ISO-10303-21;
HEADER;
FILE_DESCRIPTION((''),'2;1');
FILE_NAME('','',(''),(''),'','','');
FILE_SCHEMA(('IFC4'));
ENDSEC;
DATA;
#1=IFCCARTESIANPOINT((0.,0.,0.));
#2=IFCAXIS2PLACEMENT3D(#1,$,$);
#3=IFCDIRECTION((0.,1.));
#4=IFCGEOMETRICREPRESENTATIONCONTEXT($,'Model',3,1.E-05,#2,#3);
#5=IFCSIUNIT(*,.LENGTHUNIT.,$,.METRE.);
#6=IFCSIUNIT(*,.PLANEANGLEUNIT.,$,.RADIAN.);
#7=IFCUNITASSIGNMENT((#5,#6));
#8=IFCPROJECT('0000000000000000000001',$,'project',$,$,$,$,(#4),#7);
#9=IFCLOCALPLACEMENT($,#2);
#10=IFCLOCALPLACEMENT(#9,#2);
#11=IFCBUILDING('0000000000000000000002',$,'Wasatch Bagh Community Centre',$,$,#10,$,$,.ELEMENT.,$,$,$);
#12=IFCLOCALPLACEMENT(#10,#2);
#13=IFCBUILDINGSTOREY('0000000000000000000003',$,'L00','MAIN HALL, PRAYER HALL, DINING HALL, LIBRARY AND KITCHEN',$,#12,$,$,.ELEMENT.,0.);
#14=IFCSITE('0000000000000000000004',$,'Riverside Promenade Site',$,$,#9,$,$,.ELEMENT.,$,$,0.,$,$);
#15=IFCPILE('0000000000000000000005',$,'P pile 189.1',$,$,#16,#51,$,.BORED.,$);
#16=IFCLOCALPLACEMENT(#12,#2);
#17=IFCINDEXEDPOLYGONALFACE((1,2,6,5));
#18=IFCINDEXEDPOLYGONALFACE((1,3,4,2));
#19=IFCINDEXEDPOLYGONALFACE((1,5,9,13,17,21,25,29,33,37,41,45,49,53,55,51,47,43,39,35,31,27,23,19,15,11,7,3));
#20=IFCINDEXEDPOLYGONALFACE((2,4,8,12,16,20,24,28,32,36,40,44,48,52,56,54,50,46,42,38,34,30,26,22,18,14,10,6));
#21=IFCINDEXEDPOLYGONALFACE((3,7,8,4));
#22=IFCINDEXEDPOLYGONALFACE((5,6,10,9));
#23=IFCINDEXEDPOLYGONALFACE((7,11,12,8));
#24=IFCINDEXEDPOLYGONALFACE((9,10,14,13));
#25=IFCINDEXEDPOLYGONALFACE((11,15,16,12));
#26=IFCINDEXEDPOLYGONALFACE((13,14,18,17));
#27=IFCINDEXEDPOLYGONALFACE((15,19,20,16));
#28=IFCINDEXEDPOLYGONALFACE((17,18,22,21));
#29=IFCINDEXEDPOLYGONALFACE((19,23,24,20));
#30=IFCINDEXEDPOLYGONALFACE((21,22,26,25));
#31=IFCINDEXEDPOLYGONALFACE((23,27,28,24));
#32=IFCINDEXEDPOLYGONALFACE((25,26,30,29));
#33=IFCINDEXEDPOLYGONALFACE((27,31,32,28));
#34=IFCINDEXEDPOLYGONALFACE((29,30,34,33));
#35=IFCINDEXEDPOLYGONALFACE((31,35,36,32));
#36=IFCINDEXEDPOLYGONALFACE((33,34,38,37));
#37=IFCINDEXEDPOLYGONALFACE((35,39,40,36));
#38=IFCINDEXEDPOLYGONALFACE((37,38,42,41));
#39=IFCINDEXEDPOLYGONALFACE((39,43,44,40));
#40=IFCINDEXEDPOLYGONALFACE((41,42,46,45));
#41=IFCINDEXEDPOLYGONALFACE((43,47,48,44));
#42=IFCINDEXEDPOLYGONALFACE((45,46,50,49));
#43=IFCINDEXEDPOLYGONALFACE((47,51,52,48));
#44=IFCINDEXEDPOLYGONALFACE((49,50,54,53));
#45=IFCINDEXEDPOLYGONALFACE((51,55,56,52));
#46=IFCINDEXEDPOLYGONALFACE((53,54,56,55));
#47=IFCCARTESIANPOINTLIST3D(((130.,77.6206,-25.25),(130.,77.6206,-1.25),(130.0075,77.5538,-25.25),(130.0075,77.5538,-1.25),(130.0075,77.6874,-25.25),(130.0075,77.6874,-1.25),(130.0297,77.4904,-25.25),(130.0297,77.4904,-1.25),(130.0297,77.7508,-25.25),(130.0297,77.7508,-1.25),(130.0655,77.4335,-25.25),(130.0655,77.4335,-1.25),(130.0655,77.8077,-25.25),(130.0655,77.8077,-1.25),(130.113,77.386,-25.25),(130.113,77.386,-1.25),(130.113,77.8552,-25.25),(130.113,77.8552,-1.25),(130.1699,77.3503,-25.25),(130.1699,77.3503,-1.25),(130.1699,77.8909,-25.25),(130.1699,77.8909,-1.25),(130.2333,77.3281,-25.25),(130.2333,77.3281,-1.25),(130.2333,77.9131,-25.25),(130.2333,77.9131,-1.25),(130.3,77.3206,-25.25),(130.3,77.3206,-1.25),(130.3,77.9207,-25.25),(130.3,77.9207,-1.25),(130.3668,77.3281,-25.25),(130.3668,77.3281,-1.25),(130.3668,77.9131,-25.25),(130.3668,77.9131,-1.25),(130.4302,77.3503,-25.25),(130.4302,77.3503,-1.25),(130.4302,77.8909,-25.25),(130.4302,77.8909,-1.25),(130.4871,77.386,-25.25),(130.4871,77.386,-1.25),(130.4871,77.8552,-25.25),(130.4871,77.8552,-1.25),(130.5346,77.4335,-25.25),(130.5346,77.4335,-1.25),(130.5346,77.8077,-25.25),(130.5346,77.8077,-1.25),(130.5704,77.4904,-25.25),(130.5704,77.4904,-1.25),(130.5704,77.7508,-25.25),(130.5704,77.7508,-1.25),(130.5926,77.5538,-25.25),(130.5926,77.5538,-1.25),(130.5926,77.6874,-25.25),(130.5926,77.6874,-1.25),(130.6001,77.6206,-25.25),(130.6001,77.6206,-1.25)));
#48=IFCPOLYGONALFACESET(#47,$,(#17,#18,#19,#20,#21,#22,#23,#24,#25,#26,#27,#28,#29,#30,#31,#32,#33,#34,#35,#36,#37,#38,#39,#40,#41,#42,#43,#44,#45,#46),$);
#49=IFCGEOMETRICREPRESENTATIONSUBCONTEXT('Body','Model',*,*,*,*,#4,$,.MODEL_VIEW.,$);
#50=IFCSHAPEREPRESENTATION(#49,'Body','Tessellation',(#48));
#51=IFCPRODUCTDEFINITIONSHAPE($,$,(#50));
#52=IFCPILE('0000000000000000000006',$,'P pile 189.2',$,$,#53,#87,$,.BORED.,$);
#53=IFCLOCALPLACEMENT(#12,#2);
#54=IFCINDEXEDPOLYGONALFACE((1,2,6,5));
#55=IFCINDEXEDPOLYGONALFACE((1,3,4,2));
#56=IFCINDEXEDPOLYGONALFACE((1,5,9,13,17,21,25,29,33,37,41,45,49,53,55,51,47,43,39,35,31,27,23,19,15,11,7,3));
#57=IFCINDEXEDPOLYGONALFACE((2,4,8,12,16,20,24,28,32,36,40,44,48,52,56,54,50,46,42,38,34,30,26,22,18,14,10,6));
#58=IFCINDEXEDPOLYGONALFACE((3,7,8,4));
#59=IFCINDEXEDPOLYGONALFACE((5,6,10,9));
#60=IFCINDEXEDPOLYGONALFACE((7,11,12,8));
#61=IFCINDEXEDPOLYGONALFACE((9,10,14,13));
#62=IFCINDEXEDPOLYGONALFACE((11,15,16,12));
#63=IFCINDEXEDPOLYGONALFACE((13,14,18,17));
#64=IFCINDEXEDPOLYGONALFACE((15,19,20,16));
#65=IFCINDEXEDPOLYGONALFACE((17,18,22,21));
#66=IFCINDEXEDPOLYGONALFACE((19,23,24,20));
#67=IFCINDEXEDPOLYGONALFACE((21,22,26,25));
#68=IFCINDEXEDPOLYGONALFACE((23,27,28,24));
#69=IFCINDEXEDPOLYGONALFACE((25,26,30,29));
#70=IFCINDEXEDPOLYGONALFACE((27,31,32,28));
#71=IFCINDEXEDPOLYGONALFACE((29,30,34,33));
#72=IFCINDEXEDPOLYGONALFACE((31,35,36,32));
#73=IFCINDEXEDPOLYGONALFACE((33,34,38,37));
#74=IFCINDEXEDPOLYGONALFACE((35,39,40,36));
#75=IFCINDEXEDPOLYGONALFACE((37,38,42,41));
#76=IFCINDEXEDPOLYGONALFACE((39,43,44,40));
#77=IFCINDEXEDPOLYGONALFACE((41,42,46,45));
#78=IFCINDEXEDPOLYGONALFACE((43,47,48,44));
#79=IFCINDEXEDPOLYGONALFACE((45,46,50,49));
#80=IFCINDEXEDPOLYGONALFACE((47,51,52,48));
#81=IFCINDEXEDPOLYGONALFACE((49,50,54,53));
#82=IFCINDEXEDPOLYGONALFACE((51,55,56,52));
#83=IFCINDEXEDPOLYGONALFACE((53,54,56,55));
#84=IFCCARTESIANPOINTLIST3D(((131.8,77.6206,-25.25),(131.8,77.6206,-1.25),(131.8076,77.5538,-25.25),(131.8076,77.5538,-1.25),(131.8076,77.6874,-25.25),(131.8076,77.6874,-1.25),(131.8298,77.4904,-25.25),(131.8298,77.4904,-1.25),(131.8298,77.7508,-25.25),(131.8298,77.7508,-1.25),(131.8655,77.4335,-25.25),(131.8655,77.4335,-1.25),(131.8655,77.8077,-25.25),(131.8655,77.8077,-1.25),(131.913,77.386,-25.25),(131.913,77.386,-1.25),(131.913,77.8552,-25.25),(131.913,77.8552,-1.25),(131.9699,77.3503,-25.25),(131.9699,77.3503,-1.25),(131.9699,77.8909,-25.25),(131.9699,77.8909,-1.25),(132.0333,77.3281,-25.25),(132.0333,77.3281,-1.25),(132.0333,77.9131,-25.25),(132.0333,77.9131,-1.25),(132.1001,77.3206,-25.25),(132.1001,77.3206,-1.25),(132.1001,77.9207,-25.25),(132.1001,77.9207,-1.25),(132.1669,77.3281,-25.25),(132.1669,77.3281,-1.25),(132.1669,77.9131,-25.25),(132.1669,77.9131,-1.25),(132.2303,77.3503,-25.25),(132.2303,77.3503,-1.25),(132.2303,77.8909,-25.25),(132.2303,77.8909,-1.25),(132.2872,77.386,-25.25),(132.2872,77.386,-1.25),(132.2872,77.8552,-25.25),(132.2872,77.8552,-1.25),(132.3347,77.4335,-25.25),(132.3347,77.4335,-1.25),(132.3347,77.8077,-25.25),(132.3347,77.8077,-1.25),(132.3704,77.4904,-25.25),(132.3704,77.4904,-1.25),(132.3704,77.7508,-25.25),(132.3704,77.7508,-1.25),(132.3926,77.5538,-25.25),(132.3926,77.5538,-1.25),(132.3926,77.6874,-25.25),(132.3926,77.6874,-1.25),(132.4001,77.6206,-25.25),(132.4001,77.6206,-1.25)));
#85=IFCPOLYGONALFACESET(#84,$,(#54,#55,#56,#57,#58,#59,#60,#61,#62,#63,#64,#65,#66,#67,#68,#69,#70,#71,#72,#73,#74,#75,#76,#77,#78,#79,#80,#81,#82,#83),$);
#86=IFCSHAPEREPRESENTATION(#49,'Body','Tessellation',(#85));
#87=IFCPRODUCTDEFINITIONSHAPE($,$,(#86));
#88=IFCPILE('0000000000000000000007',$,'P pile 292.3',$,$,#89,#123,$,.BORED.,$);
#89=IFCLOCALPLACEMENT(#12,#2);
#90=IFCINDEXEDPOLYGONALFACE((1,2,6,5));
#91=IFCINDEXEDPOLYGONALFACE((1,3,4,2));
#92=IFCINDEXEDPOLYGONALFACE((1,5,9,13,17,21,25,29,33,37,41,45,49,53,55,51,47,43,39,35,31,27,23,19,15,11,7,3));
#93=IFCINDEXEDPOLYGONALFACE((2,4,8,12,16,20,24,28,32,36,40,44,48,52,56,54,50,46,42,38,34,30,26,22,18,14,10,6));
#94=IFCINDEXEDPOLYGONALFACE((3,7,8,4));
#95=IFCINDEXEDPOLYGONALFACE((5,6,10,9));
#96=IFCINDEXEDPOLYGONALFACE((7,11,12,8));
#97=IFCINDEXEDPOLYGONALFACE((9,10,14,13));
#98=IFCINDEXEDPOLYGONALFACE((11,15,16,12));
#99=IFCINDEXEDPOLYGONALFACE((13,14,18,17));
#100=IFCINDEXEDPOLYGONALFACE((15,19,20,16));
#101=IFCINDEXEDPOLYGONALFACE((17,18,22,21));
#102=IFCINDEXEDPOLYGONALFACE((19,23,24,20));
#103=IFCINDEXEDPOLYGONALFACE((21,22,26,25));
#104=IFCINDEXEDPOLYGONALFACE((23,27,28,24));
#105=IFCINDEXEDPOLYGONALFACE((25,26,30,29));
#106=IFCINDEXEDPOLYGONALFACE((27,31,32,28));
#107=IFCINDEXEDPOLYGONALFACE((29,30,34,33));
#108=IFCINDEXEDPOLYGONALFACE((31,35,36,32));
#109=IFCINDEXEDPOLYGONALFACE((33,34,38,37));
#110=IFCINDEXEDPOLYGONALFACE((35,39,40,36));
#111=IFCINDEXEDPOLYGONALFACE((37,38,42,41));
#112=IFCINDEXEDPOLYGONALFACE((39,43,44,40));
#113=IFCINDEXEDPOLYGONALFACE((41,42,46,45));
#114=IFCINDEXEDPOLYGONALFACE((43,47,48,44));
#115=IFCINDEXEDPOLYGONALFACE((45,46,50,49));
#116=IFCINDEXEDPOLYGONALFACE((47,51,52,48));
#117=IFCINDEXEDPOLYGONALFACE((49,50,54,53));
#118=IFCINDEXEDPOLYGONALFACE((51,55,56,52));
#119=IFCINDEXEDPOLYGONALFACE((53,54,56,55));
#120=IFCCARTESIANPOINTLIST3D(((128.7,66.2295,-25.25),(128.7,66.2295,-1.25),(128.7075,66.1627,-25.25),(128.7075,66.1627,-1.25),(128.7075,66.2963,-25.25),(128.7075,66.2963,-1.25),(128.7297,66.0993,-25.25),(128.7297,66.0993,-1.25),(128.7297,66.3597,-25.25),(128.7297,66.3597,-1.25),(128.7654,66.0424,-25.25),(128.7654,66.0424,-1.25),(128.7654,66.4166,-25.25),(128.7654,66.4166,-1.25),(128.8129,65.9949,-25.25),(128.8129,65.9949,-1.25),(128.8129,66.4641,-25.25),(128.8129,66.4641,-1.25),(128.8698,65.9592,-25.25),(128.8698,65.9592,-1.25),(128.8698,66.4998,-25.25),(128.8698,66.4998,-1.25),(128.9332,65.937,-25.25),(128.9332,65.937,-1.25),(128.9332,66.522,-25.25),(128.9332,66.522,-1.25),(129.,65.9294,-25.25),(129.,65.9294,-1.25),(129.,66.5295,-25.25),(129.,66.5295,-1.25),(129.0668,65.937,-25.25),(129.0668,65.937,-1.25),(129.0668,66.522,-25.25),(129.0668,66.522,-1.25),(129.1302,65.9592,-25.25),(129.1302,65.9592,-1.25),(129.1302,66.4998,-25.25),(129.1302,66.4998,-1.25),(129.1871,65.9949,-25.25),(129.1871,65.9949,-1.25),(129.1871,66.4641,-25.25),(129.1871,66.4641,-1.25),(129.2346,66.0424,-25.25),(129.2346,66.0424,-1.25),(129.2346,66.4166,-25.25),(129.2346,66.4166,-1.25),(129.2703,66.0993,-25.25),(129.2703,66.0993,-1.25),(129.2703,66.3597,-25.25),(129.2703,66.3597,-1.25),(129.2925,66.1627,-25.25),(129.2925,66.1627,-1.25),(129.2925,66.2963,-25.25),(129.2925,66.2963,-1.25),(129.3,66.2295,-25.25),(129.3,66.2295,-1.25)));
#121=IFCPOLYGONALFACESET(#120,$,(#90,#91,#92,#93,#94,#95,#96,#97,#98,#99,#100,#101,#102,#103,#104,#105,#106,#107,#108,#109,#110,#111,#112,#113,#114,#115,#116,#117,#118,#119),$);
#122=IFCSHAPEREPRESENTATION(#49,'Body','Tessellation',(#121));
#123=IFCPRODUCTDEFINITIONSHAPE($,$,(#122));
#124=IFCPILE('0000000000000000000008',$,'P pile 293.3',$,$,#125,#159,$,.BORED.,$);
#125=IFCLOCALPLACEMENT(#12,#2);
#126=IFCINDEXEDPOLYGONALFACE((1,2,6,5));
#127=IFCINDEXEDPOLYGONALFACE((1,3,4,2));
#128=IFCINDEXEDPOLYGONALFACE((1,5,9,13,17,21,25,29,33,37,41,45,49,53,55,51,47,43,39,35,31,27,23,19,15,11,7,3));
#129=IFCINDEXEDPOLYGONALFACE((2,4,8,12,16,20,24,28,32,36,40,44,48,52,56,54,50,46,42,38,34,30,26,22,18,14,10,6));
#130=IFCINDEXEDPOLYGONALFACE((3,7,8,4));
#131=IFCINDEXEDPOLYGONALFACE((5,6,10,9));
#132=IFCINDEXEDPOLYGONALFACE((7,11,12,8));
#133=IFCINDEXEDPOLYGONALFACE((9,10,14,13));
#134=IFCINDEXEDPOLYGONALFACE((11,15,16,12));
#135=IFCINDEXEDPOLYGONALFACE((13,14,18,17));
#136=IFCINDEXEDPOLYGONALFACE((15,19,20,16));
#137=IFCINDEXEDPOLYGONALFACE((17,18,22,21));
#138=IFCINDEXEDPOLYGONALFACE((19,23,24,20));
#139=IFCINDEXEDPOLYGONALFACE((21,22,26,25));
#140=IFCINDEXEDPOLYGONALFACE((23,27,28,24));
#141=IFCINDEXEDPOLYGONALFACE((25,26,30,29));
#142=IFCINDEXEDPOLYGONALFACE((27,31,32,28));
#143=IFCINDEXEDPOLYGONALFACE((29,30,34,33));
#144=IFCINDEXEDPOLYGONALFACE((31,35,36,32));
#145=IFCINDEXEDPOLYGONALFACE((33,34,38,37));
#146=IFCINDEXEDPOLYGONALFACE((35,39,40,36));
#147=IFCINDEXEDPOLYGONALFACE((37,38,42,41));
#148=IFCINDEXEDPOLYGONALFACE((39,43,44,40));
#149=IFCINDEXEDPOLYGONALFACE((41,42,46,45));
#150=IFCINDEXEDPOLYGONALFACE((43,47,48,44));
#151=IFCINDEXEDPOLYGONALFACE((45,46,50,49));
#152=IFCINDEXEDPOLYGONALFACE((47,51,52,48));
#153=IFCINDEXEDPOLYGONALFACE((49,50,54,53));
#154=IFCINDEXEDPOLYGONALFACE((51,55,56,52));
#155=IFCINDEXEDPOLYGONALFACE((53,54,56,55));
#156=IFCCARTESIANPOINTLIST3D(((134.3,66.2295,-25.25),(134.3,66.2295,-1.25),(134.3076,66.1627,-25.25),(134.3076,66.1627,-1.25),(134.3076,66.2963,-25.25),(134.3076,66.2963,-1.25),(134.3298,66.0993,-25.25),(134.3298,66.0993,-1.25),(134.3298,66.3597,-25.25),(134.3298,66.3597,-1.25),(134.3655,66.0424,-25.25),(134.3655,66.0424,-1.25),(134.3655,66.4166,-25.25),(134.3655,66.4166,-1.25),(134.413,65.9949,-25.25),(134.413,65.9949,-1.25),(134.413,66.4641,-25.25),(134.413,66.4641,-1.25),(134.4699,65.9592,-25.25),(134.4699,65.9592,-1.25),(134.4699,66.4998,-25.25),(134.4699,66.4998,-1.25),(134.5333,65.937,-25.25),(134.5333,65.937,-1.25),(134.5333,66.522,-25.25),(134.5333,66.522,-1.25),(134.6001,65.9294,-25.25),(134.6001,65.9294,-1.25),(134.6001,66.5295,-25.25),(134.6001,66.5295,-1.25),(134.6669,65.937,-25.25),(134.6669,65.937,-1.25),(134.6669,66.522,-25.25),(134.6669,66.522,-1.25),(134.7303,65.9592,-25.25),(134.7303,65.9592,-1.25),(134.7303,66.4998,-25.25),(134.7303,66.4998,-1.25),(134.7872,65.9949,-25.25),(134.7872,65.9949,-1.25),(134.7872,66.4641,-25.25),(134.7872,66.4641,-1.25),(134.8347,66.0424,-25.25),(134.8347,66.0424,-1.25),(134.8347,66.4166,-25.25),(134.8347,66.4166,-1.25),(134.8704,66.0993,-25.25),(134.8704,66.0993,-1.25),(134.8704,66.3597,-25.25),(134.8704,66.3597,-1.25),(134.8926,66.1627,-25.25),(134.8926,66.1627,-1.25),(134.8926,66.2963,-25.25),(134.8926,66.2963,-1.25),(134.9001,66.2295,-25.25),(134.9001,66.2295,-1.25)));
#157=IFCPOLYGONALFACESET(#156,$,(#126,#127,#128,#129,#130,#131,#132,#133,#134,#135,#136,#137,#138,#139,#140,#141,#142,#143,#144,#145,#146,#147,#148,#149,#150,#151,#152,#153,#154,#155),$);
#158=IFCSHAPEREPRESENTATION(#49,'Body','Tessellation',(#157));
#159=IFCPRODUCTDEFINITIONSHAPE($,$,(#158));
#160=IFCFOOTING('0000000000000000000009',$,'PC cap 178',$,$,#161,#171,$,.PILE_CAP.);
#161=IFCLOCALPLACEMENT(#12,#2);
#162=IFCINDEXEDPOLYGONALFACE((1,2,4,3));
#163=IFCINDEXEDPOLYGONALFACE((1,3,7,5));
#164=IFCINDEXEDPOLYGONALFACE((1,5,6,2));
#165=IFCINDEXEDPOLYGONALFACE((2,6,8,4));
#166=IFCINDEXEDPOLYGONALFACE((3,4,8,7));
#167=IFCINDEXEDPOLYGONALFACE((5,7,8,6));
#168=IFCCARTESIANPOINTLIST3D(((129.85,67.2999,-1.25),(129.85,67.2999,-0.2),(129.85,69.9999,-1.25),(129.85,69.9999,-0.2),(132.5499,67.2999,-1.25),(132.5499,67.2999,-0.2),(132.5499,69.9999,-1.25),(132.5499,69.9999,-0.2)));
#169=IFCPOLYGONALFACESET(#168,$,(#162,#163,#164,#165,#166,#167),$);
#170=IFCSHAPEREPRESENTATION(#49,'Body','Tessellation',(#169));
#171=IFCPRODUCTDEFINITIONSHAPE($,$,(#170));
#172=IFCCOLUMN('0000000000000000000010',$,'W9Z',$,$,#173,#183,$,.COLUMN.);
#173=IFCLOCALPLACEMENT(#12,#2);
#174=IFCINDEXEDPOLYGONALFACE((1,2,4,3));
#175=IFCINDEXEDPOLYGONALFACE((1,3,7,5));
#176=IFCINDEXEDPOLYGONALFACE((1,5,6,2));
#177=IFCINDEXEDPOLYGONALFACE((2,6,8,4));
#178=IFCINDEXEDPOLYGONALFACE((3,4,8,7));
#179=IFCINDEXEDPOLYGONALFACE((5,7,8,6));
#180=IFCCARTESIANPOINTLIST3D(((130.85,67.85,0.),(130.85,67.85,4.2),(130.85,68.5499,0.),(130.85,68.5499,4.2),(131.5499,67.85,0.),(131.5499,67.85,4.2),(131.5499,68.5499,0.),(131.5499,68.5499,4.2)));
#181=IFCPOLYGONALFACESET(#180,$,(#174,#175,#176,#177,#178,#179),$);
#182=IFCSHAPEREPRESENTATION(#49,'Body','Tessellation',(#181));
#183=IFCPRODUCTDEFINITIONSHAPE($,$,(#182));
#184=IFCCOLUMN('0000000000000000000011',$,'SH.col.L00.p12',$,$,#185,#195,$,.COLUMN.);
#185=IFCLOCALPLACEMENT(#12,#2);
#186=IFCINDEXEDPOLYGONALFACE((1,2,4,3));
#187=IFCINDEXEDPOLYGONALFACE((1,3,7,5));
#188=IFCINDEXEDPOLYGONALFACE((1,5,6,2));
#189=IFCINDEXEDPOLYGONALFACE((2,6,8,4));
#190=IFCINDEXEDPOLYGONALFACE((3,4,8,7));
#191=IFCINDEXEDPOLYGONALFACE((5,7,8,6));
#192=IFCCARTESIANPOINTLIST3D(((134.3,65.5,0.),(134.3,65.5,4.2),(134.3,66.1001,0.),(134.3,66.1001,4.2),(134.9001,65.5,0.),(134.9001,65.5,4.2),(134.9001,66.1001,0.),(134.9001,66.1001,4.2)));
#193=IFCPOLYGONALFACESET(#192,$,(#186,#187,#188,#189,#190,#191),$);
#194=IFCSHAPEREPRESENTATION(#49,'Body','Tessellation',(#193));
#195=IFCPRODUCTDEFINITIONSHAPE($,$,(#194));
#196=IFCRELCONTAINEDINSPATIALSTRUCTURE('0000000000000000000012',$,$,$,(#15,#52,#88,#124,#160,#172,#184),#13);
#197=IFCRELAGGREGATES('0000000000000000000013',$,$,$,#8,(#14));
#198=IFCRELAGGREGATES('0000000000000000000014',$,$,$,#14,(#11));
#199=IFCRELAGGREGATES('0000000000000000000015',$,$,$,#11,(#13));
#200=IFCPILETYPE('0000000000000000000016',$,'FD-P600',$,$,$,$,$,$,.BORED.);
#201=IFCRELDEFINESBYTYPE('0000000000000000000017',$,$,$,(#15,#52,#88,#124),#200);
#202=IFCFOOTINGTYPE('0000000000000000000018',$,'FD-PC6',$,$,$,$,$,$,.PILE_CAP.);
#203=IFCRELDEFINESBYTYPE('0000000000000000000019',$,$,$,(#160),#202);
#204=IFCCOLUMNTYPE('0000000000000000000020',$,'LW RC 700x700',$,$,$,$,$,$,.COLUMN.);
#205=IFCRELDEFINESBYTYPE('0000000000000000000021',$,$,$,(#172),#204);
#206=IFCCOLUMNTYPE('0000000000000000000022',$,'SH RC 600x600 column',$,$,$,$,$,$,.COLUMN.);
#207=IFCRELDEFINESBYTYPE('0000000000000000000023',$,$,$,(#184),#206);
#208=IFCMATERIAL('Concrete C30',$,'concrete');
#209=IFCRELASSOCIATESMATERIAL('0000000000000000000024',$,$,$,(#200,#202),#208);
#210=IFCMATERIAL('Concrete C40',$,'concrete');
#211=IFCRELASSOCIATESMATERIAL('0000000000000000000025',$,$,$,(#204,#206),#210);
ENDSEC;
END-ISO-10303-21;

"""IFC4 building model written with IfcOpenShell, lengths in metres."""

from ifc_helpers import new_model, si_unit, direction, frame, origin, origin_2d, place, context, subcontext, project, spatial, rectangle, circle, extrude, material, material_profile, profile_set, type_object, element, save


model = new_model("IFC4")

# Units and contexts
model_context = context("Model", 3, precision=1e-05, world=origin(), true_north=direction((0.0, 1.0)))
body_context = subcontext(model_context, "Body", "Model", "MODEL_VIEW")
ifc_project = project(units=[si_unit("LENGTHUNIT", "METRE"), si_unit("PLANEANGLEUNIT", "RADIAN")], contexts=[model_context])

# Site, building, storey
site_placement = place(None, origin())
site = spatial("IfcSite", under=ifc_project, at=site_placement, Name="Riverside Promenade Site", CompositionType="ELEMENT", RefElevation=0.0)
building_placement = place(site_placement, origin())
building = spatial("IfcBuilding", under=site, at=building_placement, Name="Wasatch Bagh Community Centre", CompositionType="ELEMENT")
storey_placement = place(building_placement, origin())
storey = spatial("IfcBuildingStorey", under=building, at=storey_placement, Name="L00", Description="MAIN HALL, PRAYER HALL, DINING HALL, LIBRARY AND KITCHEN", CompositionType="ELEMENT", Elevation=0.0)

# Piles
ifc_material_1 = material(Name="Concrete C30", Category="concrete")
ifc_material_profile_1 = material_profile(ifc_material_1, circle(Radius=0.3, at=origin_2d()), Name="RC D600")
ifc_profile_set_1 = profile_set([ifc_material_profile_1], Name="Concrete C30")
pile_type = type_object("IfcPileType", Name="FD-P600", PredefinedType="BORED", material=ifc_profile_set_1)
for number, where, z_axis, x_axis, name in (
    (1, (130.3, 77.6206, -1.25), (0.0, 0.0, -1.0), (1.0, 0.0, 0.0), "P pile 189.1"),
    (2, (132.1001, 77.6206, -1.25), (0.0, 0.0, -1.0), (1.0, 0.0, 0.0), "P pile 189.2"),
    (3, (129.0, 66.2295, -1.25), (0.0, 0.0, -1.0), (1.0, 0.0, 0.0), "P pile 292.3"),
    (4, (134.6001, 66.2295, -1.25), (0.0, 0.0, -1.0), (1.0, 0.0, 0.0), "P pile 293.3"),
):
    element("IfcPile", number, at=place(storey_placement, frame(where, z_axis=z_axis, x_axis=x_axis)), inside=storey, type_object=pile_type, Name=name, PredefinedType="BORED", context=body_context, shape_type="SweptSolid", body=[
        extrude(circle(Radius=0.3, at=origin_2d()), origin(), (0.0, 0.0, 1.0), 24.0),
    ])

# Footing
footing_type_1 = type_object("IfcFootingType", Name="FD-PC6", PredefinedType="PILE_CAP", material=ifc_material_1)
footing_1_placement = place(storey_placement, frame((131.2, 68.6499, -1.25), z_axis=(0.0, 0.0, 1.0), x_axis=(1.0, 0.0, 0.0)))
element("IfcFooting", 5, at=footing_1_placement, inside=storey, type_object=footing_type_1, Name="PC cap 178", PredefinedType="PILE_CAP", context=body_context, shape_type="SweptSolid", body=[
    extrude(rectangle(XDim=2.7, YDim=2.7, at=origin_2d()), origin(), (0.0, 0.0, 1.0), 1.05),
])

# Columns
ifc_material_2 = material(Name="Concrete C40", Category="concrete")
ifc_material_profile_2 = material_profile(ifc_material_2, rectangle(XDim=0.7, YDim=0.7, at=origin_2d()), Name="RC 700x700")
ifc_profile_set_2 = profile_set([ifc_material_profile_2], Name="Concrete C40")
column_type_1 = type_object("IfcColumnType", Name="LW RC 700x700", PredefinedType="COLUMN", material=ifc_profile_set_2)
column_1_placement = place(storey_placement, frame((131.2, 68.2, 0.0), z_axis=(0.0, 0.0, 1.0), x_axis=(1.0, 0.0, 0.0)))
element("IfcColumn", 6, at=column_1_placement, inside=storey, type_object=column_type_1, Name="W9Z", PredefinedType="COLUMN", context=body_context, shape_type="SweptSolid", body=[
    extrude(rectangle(XDim=0.7, YDim=0.7, at=origin_2d()), origin(), (0.0, 0.0, 1.0), 4.2),
])
ifc_material_profile_3 = material_profile(ifc_material_2, rectangle(XDim=0.6001, YDim=0.6001, at=origin_2d()), Name="RC 600x600")
ifc_profile_set_3 = profile_set([ifc_material_profile_3], Name="Concrete C40")
column_type_2 = type_object("IfcColumnType", Name="SH RC 600x600 column", PredefinedType="COLUMN", material=ifc_profile_set_3)
column_2_placement = place(storey_placement, frame((134.6001, 65.8, 0.0), z_axis=(0.0, 0.0, 1.0), x_axis=(1.0, 0.0, 0.0)))
element("IfcColumn", 7, at=column_2_placement, inside=storey, type_object=column_type_2, Name="SH.col.L00.p12", PredefinedType="COLUMN", context=body_context, shape_type="SweptSolid", body=[
    extrude(rectangle(XDim=0.6001, YDim=0.6001, at=origin_2d()), origin(), (0.0, 0.0, 1.0), 4.2),
])

save(model, "model.ifc")
